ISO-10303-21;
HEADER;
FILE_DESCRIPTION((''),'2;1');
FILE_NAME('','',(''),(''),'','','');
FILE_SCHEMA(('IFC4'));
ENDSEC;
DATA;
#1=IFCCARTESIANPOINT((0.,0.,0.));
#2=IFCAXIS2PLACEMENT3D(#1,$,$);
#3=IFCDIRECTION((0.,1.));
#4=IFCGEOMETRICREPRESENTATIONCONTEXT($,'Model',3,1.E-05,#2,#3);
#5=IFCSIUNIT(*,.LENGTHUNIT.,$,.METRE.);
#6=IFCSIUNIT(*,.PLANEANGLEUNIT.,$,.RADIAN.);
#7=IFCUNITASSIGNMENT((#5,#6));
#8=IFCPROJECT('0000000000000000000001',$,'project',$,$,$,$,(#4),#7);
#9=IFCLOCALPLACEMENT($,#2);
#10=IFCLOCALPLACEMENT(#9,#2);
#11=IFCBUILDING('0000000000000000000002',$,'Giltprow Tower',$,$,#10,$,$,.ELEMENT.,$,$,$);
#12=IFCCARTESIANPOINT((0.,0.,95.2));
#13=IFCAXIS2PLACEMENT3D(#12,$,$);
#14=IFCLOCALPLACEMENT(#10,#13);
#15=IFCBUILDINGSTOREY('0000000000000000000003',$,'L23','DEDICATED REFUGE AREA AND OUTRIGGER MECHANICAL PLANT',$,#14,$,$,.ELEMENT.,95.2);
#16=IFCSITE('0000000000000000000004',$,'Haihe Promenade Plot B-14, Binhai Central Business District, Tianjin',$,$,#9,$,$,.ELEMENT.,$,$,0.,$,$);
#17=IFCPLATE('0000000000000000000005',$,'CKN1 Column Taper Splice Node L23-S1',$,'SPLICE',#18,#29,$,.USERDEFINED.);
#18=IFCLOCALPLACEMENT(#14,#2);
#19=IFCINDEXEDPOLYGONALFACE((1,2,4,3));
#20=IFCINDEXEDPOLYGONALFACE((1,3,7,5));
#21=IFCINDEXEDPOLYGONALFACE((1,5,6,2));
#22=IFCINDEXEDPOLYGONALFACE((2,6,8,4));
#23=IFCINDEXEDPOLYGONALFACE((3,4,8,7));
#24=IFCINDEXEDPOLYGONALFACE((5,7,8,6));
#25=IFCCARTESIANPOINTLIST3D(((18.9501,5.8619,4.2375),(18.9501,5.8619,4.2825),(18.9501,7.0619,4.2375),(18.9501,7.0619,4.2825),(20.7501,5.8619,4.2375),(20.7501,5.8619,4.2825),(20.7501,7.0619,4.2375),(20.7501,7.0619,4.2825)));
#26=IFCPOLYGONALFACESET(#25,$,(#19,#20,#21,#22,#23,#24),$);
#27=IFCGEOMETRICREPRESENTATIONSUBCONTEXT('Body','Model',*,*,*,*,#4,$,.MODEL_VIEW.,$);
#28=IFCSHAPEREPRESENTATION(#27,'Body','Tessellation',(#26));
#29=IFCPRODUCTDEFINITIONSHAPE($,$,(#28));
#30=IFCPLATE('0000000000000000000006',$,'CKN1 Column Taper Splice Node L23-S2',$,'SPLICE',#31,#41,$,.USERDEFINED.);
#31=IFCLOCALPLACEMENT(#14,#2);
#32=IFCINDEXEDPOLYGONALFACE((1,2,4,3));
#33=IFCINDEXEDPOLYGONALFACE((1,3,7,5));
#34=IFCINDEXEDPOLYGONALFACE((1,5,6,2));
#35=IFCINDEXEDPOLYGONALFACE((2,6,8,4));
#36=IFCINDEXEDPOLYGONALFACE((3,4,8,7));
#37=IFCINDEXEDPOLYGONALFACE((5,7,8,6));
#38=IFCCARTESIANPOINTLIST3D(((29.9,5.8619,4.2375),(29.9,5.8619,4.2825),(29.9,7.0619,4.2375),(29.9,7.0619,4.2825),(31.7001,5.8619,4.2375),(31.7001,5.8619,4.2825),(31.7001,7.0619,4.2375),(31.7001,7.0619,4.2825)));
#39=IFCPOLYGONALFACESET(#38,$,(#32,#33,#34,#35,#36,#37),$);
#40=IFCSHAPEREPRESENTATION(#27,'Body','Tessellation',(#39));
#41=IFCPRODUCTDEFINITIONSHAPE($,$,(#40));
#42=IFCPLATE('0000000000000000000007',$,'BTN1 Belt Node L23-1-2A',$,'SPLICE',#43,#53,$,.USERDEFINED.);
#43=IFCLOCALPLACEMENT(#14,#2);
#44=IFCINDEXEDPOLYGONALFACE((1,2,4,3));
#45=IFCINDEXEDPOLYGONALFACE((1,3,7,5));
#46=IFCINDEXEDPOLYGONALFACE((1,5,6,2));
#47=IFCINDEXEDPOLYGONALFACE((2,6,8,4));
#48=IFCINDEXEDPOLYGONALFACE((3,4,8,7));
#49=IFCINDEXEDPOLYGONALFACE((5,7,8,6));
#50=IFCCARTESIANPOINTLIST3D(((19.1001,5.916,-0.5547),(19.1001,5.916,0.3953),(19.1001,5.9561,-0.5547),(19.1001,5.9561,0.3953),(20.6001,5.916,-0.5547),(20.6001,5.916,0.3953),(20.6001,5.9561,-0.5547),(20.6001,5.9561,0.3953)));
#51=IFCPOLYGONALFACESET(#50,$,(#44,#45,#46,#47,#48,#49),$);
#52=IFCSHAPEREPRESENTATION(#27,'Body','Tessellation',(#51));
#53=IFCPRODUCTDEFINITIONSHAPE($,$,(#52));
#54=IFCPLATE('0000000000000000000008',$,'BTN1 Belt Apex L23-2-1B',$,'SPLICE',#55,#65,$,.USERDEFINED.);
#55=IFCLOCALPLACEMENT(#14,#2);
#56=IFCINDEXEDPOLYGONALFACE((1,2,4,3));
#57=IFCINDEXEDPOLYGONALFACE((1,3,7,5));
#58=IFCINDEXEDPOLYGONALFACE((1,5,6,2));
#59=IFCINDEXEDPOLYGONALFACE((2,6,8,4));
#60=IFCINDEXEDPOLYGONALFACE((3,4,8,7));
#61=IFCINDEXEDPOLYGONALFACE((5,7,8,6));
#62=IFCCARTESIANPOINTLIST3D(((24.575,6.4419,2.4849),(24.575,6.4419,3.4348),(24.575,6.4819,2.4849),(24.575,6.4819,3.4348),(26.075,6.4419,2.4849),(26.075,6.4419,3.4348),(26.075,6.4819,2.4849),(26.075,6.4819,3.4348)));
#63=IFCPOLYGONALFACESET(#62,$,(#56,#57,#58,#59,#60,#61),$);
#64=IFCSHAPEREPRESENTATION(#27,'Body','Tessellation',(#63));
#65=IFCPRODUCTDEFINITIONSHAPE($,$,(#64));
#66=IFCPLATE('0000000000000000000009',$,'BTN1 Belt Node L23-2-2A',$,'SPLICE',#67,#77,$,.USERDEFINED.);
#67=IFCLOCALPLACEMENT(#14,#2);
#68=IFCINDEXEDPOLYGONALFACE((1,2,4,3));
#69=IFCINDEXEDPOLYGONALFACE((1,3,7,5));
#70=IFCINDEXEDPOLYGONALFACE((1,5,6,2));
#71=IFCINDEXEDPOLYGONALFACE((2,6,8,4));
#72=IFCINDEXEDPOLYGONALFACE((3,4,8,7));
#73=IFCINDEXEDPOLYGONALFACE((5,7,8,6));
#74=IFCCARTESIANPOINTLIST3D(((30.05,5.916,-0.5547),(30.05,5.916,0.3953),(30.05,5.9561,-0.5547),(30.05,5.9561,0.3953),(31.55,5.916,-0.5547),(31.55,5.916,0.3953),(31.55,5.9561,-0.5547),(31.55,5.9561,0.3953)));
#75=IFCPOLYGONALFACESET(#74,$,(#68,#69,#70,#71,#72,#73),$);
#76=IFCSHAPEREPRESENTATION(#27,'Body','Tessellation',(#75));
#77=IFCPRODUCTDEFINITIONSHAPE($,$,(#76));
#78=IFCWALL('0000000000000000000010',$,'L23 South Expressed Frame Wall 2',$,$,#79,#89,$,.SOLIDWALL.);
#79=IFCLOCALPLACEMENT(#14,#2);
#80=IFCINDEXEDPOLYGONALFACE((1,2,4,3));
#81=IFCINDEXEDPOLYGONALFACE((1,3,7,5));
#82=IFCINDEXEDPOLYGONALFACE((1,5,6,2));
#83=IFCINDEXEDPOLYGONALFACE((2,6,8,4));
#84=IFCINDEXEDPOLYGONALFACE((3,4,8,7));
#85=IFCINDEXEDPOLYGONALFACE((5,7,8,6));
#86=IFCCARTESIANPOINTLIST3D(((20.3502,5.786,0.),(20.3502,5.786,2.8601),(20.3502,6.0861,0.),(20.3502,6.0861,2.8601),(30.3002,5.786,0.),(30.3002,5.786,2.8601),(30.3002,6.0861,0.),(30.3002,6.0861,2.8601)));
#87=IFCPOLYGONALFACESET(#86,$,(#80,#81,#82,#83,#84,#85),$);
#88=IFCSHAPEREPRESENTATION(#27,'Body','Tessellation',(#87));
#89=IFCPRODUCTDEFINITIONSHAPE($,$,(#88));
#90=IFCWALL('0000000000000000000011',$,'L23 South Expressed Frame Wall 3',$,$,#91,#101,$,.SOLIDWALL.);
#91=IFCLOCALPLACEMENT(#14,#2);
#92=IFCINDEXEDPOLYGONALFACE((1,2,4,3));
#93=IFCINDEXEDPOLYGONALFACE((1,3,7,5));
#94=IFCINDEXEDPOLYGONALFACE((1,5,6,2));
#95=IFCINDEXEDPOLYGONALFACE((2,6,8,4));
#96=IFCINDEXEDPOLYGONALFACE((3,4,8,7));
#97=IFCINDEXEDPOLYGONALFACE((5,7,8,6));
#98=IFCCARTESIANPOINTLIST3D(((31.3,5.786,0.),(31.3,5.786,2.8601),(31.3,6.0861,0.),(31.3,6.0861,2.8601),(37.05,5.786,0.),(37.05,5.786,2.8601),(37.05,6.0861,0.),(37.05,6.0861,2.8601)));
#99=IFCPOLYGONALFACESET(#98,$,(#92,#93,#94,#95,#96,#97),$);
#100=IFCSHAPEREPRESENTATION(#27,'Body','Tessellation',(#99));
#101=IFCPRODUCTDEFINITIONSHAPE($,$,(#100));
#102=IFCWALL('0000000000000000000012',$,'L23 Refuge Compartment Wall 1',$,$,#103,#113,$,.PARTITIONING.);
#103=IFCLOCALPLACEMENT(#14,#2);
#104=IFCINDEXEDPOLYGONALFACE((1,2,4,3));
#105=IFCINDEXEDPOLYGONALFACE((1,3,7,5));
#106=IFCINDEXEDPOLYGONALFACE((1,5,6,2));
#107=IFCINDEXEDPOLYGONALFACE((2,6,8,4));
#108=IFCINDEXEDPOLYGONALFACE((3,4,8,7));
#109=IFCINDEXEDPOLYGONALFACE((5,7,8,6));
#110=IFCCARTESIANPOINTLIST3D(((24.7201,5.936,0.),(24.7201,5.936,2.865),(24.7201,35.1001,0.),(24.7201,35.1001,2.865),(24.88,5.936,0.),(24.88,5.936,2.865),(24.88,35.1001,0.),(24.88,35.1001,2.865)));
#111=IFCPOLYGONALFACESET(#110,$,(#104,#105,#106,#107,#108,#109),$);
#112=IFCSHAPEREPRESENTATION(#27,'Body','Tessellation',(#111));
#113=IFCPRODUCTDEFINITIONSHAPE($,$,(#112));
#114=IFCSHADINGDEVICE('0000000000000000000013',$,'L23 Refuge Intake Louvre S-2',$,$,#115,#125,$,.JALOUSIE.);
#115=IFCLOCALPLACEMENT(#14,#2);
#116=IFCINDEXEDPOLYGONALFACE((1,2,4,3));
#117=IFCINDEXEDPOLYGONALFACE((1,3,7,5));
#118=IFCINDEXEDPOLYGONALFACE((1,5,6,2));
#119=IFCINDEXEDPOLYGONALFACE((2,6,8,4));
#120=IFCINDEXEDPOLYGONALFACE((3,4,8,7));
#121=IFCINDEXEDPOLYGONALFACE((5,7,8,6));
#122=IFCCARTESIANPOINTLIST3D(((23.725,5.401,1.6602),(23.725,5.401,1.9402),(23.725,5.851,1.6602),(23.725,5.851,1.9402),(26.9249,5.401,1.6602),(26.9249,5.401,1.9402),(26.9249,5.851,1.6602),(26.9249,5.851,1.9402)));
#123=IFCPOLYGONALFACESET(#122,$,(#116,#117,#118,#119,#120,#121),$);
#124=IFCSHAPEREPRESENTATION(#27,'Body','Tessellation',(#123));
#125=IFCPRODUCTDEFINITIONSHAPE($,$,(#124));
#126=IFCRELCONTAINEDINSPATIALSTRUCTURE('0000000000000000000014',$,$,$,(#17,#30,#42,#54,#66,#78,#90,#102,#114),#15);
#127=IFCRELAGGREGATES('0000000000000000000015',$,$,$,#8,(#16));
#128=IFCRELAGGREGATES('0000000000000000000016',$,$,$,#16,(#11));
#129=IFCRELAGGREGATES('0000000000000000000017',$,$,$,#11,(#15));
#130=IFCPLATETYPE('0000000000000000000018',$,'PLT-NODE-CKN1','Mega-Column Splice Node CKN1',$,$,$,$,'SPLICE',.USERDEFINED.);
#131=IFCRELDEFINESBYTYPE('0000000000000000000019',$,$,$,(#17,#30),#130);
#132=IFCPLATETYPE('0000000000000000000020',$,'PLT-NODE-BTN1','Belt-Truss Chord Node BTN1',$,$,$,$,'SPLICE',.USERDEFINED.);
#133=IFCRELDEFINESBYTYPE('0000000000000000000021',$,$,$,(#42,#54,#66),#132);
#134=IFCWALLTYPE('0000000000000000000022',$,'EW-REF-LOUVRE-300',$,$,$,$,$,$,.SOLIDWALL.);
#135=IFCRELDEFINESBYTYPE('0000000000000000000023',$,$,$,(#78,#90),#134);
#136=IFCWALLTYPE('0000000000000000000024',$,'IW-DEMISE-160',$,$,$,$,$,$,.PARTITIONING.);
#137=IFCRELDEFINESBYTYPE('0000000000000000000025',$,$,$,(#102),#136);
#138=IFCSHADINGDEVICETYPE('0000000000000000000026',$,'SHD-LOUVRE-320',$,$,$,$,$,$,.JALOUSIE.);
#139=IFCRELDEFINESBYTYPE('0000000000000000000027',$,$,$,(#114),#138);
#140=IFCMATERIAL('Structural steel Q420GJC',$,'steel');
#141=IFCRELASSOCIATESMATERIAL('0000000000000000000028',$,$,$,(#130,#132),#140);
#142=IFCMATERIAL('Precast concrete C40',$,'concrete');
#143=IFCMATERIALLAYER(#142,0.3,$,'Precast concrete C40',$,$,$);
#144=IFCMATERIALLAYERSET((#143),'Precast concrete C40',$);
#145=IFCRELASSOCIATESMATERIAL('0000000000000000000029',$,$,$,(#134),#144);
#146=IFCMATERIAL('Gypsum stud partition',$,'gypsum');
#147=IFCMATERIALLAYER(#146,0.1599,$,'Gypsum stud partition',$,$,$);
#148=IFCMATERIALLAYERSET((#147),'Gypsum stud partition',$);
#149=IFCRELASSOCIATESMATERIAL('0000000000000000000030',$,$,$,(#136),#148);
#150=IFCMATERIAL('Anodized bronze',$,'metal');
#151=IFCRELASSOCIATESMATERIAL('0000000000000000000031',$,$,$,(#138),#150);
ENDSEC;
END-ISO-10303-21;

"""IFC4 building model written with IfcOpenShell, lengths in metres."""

from ifc_helpers import new_model, si_unit, direction, frame, frame_2d, origin, origin_2d, place, context, subcontext, project, spatial, rectangle, extrude, source, transform, mapped, material, layer, layer_set, type_object, element, save


model = new_model("IFC4")

# Units and contexts
model_context = context("Model", 3, precision=1e-05, world=origin(), true_north=direction((0.0, 1.0)))
body_context = subcontext(model_context, "Body", "Model", "MODEL_VIEW")
ifc_project = project(units=[si_unit("LENGTHUNIT", "METRE"), si_unit("PLANEANGLEUNIT", "RADIAN")], contexts=[model_context])

# Site, building, storey
site_placement = place(None, origin())
site = spatial("IfcSite", under=ifc_project, at=site_placement, Name="Haihe Promenade Plot B-14, Binhai Central Business District, Tianjin", CompositionType="ELEMENT", RefElevation=0.0)
building_placement = place(site_placement, origin())
building = spatial("IfcBuilding", under=site, at=building_placement, Name="Giltprow Tower", CompositionType="ELEMENT")
storey_placement = place(building_placement, frame((0.0, 0.0, 95.2)))
storey = spatial("IfcBuildingStorey", under=building, at=storey_placement, Name="L23", Description="DEDICATED REFUGE AREA AND OUTRIGGER MECHANICAL PLANT", CompositionType="ELEMENT", Elevation=95.2)

# Shared definitions
ifc_material_1 = material(Name="Structural steel Q420GJC", Category="steel")

# Plates
plate_type_1 = type_object("IfcPlateType", Name="PLT-NODE-CKN1", Description="Mega-Column Splice Node CKN1", ElementType="SPLICE", PredefinedType="USERDEFINED", material=ifc_material_1)
shared_shape_1 = source(origin(), body_context, "Body", "SweptSolid", [
    extrude(rectangle(XDim=1.8, YDim=1.2, at=origin_2d()), origin(), (0.0, 0.0, 1.0), 0.0449),
])
for number, where, z_axis, x_axis, name in (
    (1, (19.8501, 6.4619, 4.2375), (0.0, 0.0, 1.0), (1.0, 0.0, 0.0), "CKN1 Column Taper Splice Node L23-S1"),
    (2, (30.8, 6.4619, 4.2375), (0.0, 0.0, 1.0), (1.0, 0.0, 0.0), "CKN1 Column Taper Splice Node L23-S2"),
):
    element("IfcPlate", number, at=place(storey_placement, frame(where, z_axis=z_axis, x_axis=x_axis)), inside=storey, type_object=plate_type_1, Name=name, ObjectType="SPLICE", PredefinedType="USERDEFINED", context=body_context, shape_type="MappedRepresentation", body=[
        mapped(shared_shape_1, transform((0.0, 0.0, 0.0), x_axis=(1.0, 0.0, 0.0), y_axis=(0.0, 1.0, 0.0), z_axis=(0.0, 0.0, 1.0), scale=1.0)),
    ])
plate_type_2 = type_object("IfcPlateType", Name="PLT-NODE-BTN1", Description="Belt-Truss Chord Node BTN1", ElementType="SPLICE", PredefinedType="USERDEFINED", material=ifc_material_1)
shared_shape_2 = source(origin(), body_context, "Body", "SweptSolid", [
    extrude(rectangle(XDim=1.5, YDim=0.04, at=origin_2d()), origin(), (0.0, 0.0, 1.0), 0.95),
])
for number, where, z_axis, x_axis, name in (
    (3, (19.8501, 5.936, -0.5547), (0.0, 0.0, 1.0), (1.0, 0.0, 0.0), "BTN1 Belt Node L23-1-2A"),
    (4, (25.325, 6.4619, 2.4849), (0.0, 0.0, 1.0), (1.0, 0.0, 0.0), "BTN1 Belt Apex L23-2-1B"),
    (5, (30.8, 5.936, -0.5547), (0.0, 0.0, 1.0), (1.0, 0.0, 0.0), "BTN1 Belt Node L23-2-2A"),
):
    element("IfcPlate", number, at=place(storey_placement, frame(where, z_axis=z_axis, x_axis=x_axis)), inside=storey, type_object=plate_type_2, Name=name, ObjectType="SPLICE", PredefinedType="USERDEFINED", context=body_context, shape_type="MappedRepresentation", body=[
        mapped(shared_shape_2, transform((0.0, 0.0, 0.0), x_axis=(1.0, 0.0, 0.0), y_axis=(0.0, 1.0, 0.0), z_axis=(0.0, 0.0, 1.0), scale=1.0)),
    ])

# Walls
ifc_material_2 = material(Name="Precast concrete C40", Category="concrete")
ifc_layer_1 = layer(ifc_material_2, 0.3, Name="Precast concrete C40")
ifc_layer_set_1 = layer_set([ifc_layer_1], Name="Precast concrete C40")
wall_type_1 = type_object("IfcWallType", Name="EW-REF-LOUVRE-300", PredefinedType="SOLIDWALL", material=ifc_layer_set_1)
wall_1_placement = place(storey_placement, frame((20.3501, 5.936, 0.0), z_axis=(0.0, 0.0, 1.0), x_axis=(1.0, 0.0, 0.0)))
element("IfcWall", 6, at=wall_1_placement, inside=storey, type_object=wall_type_1, Name="L23 South Expressed Frame Wall 2", PredefinedType="SOLIDWALL", context=body_context, shape_type="SweptSolid", body=[
    extrude(rectangle(XDim=9.95, YDim=0.3, at=frame_2d((4.9751, 0.0))), origin(), (0.0, 0.0, 1.0), 2.8601),
])
wall_2_placement = place(storey_placement, frame((31.3, 5.936, 0.0), z_axis=(0.0, 0.0, 1.0), x_axis=(1.0, 0.0, 0.0)))
element("IfcWall", 7, at=wall_2_placement, inside=storey, type_object=wall_type_1, Name="L23 South Expressed Frame Wall 3", PredefinedType="SOLIDWALL", context=body_context, shape_type="SweptSolid", body=[
    extrude(rectangle(XDim=5.75, YDim=0.3, at=frame_2d((2.875, 0.0))), origin(), (0.0, 0.0, 1.0), 2.8601),
])
ifc_material_3 = material(Name="Gypsum stud partition", Category="gypsum")
ifc_layer_2 = layer(ifc_material_3, 0.1599, Name="Gypsum stud partition")
ifc_layer_set_2 = layer_set([ifc_layer_2], Name="Gypsum stud partition")
wall_type_2 = type_object("IfcWallType", Name="IW-DEMISE-160", PredefinedType="PARTITIONING", material=ifc_layer_set_2)
wall_3_placement = place(storey_placement, frame((24.8, 5.936, 0.0), z_axis=(0.0, 0.0, 1.0), x_axis=(0.0, 1.0, 0.0)))
element("IfcWall", 8, at=wall_3_placement, inside=storey, type_object=wall_type_2, Name="L23 Refuge Compartment Wall 1", PredefinedType="PARTITIONING", context=body_context, shape_type="SweptSolid", body=[
    extrude(rectangle(XDim=29.1641, YDim=0.1599, at=frame_2d((14.582, 0.0))), origin(), (0.0, 0.0, 1.0), 2.865),
])

# Shading device
ifc_material_4 = material(Name="Anodized bronze", Category="metal")
shading_device_type = type_object("IfcShadingDeviceType", Name="SHD-LOUVRE-320", PredefinedType="JALOUSIE", material=ifc_material_4)
shared_shape_3 = source(origin(), body_context, "Body", "SweptSolid", [
    extrude(rectangle(XDim=3.2, YDim=0.45, at=origin_2d()), origin(), (0.0, 0.0, 1.0), 0.28),
])
shading_device_placement = place(storey_placement, frame((25.325, 5.626, 1.6602), z_axis=(0.0, 0.0, 1.0), x_axis=(1.0, 0.0, 0.0)))
element("IfcShadingDevice", 9, at=shading_device_placement, inside=storey, type_object=shading_device_type, Name="L23 Refuge Intake Louvre S-2", PredefinedType="JALOUSIE", context=body_context, shape_type="MappedRepresentation", body=[
    mapped(shared_shape_3, transform((0.0, 0.0, 0.0), x_axis=(1.0, 0.0, 0.0), y_axis=(0.0, 1.0, 0.0), z_axis=(0.0, 0.0, 1.0), scale=1.0)),
])

save(model, "model.ifc")
